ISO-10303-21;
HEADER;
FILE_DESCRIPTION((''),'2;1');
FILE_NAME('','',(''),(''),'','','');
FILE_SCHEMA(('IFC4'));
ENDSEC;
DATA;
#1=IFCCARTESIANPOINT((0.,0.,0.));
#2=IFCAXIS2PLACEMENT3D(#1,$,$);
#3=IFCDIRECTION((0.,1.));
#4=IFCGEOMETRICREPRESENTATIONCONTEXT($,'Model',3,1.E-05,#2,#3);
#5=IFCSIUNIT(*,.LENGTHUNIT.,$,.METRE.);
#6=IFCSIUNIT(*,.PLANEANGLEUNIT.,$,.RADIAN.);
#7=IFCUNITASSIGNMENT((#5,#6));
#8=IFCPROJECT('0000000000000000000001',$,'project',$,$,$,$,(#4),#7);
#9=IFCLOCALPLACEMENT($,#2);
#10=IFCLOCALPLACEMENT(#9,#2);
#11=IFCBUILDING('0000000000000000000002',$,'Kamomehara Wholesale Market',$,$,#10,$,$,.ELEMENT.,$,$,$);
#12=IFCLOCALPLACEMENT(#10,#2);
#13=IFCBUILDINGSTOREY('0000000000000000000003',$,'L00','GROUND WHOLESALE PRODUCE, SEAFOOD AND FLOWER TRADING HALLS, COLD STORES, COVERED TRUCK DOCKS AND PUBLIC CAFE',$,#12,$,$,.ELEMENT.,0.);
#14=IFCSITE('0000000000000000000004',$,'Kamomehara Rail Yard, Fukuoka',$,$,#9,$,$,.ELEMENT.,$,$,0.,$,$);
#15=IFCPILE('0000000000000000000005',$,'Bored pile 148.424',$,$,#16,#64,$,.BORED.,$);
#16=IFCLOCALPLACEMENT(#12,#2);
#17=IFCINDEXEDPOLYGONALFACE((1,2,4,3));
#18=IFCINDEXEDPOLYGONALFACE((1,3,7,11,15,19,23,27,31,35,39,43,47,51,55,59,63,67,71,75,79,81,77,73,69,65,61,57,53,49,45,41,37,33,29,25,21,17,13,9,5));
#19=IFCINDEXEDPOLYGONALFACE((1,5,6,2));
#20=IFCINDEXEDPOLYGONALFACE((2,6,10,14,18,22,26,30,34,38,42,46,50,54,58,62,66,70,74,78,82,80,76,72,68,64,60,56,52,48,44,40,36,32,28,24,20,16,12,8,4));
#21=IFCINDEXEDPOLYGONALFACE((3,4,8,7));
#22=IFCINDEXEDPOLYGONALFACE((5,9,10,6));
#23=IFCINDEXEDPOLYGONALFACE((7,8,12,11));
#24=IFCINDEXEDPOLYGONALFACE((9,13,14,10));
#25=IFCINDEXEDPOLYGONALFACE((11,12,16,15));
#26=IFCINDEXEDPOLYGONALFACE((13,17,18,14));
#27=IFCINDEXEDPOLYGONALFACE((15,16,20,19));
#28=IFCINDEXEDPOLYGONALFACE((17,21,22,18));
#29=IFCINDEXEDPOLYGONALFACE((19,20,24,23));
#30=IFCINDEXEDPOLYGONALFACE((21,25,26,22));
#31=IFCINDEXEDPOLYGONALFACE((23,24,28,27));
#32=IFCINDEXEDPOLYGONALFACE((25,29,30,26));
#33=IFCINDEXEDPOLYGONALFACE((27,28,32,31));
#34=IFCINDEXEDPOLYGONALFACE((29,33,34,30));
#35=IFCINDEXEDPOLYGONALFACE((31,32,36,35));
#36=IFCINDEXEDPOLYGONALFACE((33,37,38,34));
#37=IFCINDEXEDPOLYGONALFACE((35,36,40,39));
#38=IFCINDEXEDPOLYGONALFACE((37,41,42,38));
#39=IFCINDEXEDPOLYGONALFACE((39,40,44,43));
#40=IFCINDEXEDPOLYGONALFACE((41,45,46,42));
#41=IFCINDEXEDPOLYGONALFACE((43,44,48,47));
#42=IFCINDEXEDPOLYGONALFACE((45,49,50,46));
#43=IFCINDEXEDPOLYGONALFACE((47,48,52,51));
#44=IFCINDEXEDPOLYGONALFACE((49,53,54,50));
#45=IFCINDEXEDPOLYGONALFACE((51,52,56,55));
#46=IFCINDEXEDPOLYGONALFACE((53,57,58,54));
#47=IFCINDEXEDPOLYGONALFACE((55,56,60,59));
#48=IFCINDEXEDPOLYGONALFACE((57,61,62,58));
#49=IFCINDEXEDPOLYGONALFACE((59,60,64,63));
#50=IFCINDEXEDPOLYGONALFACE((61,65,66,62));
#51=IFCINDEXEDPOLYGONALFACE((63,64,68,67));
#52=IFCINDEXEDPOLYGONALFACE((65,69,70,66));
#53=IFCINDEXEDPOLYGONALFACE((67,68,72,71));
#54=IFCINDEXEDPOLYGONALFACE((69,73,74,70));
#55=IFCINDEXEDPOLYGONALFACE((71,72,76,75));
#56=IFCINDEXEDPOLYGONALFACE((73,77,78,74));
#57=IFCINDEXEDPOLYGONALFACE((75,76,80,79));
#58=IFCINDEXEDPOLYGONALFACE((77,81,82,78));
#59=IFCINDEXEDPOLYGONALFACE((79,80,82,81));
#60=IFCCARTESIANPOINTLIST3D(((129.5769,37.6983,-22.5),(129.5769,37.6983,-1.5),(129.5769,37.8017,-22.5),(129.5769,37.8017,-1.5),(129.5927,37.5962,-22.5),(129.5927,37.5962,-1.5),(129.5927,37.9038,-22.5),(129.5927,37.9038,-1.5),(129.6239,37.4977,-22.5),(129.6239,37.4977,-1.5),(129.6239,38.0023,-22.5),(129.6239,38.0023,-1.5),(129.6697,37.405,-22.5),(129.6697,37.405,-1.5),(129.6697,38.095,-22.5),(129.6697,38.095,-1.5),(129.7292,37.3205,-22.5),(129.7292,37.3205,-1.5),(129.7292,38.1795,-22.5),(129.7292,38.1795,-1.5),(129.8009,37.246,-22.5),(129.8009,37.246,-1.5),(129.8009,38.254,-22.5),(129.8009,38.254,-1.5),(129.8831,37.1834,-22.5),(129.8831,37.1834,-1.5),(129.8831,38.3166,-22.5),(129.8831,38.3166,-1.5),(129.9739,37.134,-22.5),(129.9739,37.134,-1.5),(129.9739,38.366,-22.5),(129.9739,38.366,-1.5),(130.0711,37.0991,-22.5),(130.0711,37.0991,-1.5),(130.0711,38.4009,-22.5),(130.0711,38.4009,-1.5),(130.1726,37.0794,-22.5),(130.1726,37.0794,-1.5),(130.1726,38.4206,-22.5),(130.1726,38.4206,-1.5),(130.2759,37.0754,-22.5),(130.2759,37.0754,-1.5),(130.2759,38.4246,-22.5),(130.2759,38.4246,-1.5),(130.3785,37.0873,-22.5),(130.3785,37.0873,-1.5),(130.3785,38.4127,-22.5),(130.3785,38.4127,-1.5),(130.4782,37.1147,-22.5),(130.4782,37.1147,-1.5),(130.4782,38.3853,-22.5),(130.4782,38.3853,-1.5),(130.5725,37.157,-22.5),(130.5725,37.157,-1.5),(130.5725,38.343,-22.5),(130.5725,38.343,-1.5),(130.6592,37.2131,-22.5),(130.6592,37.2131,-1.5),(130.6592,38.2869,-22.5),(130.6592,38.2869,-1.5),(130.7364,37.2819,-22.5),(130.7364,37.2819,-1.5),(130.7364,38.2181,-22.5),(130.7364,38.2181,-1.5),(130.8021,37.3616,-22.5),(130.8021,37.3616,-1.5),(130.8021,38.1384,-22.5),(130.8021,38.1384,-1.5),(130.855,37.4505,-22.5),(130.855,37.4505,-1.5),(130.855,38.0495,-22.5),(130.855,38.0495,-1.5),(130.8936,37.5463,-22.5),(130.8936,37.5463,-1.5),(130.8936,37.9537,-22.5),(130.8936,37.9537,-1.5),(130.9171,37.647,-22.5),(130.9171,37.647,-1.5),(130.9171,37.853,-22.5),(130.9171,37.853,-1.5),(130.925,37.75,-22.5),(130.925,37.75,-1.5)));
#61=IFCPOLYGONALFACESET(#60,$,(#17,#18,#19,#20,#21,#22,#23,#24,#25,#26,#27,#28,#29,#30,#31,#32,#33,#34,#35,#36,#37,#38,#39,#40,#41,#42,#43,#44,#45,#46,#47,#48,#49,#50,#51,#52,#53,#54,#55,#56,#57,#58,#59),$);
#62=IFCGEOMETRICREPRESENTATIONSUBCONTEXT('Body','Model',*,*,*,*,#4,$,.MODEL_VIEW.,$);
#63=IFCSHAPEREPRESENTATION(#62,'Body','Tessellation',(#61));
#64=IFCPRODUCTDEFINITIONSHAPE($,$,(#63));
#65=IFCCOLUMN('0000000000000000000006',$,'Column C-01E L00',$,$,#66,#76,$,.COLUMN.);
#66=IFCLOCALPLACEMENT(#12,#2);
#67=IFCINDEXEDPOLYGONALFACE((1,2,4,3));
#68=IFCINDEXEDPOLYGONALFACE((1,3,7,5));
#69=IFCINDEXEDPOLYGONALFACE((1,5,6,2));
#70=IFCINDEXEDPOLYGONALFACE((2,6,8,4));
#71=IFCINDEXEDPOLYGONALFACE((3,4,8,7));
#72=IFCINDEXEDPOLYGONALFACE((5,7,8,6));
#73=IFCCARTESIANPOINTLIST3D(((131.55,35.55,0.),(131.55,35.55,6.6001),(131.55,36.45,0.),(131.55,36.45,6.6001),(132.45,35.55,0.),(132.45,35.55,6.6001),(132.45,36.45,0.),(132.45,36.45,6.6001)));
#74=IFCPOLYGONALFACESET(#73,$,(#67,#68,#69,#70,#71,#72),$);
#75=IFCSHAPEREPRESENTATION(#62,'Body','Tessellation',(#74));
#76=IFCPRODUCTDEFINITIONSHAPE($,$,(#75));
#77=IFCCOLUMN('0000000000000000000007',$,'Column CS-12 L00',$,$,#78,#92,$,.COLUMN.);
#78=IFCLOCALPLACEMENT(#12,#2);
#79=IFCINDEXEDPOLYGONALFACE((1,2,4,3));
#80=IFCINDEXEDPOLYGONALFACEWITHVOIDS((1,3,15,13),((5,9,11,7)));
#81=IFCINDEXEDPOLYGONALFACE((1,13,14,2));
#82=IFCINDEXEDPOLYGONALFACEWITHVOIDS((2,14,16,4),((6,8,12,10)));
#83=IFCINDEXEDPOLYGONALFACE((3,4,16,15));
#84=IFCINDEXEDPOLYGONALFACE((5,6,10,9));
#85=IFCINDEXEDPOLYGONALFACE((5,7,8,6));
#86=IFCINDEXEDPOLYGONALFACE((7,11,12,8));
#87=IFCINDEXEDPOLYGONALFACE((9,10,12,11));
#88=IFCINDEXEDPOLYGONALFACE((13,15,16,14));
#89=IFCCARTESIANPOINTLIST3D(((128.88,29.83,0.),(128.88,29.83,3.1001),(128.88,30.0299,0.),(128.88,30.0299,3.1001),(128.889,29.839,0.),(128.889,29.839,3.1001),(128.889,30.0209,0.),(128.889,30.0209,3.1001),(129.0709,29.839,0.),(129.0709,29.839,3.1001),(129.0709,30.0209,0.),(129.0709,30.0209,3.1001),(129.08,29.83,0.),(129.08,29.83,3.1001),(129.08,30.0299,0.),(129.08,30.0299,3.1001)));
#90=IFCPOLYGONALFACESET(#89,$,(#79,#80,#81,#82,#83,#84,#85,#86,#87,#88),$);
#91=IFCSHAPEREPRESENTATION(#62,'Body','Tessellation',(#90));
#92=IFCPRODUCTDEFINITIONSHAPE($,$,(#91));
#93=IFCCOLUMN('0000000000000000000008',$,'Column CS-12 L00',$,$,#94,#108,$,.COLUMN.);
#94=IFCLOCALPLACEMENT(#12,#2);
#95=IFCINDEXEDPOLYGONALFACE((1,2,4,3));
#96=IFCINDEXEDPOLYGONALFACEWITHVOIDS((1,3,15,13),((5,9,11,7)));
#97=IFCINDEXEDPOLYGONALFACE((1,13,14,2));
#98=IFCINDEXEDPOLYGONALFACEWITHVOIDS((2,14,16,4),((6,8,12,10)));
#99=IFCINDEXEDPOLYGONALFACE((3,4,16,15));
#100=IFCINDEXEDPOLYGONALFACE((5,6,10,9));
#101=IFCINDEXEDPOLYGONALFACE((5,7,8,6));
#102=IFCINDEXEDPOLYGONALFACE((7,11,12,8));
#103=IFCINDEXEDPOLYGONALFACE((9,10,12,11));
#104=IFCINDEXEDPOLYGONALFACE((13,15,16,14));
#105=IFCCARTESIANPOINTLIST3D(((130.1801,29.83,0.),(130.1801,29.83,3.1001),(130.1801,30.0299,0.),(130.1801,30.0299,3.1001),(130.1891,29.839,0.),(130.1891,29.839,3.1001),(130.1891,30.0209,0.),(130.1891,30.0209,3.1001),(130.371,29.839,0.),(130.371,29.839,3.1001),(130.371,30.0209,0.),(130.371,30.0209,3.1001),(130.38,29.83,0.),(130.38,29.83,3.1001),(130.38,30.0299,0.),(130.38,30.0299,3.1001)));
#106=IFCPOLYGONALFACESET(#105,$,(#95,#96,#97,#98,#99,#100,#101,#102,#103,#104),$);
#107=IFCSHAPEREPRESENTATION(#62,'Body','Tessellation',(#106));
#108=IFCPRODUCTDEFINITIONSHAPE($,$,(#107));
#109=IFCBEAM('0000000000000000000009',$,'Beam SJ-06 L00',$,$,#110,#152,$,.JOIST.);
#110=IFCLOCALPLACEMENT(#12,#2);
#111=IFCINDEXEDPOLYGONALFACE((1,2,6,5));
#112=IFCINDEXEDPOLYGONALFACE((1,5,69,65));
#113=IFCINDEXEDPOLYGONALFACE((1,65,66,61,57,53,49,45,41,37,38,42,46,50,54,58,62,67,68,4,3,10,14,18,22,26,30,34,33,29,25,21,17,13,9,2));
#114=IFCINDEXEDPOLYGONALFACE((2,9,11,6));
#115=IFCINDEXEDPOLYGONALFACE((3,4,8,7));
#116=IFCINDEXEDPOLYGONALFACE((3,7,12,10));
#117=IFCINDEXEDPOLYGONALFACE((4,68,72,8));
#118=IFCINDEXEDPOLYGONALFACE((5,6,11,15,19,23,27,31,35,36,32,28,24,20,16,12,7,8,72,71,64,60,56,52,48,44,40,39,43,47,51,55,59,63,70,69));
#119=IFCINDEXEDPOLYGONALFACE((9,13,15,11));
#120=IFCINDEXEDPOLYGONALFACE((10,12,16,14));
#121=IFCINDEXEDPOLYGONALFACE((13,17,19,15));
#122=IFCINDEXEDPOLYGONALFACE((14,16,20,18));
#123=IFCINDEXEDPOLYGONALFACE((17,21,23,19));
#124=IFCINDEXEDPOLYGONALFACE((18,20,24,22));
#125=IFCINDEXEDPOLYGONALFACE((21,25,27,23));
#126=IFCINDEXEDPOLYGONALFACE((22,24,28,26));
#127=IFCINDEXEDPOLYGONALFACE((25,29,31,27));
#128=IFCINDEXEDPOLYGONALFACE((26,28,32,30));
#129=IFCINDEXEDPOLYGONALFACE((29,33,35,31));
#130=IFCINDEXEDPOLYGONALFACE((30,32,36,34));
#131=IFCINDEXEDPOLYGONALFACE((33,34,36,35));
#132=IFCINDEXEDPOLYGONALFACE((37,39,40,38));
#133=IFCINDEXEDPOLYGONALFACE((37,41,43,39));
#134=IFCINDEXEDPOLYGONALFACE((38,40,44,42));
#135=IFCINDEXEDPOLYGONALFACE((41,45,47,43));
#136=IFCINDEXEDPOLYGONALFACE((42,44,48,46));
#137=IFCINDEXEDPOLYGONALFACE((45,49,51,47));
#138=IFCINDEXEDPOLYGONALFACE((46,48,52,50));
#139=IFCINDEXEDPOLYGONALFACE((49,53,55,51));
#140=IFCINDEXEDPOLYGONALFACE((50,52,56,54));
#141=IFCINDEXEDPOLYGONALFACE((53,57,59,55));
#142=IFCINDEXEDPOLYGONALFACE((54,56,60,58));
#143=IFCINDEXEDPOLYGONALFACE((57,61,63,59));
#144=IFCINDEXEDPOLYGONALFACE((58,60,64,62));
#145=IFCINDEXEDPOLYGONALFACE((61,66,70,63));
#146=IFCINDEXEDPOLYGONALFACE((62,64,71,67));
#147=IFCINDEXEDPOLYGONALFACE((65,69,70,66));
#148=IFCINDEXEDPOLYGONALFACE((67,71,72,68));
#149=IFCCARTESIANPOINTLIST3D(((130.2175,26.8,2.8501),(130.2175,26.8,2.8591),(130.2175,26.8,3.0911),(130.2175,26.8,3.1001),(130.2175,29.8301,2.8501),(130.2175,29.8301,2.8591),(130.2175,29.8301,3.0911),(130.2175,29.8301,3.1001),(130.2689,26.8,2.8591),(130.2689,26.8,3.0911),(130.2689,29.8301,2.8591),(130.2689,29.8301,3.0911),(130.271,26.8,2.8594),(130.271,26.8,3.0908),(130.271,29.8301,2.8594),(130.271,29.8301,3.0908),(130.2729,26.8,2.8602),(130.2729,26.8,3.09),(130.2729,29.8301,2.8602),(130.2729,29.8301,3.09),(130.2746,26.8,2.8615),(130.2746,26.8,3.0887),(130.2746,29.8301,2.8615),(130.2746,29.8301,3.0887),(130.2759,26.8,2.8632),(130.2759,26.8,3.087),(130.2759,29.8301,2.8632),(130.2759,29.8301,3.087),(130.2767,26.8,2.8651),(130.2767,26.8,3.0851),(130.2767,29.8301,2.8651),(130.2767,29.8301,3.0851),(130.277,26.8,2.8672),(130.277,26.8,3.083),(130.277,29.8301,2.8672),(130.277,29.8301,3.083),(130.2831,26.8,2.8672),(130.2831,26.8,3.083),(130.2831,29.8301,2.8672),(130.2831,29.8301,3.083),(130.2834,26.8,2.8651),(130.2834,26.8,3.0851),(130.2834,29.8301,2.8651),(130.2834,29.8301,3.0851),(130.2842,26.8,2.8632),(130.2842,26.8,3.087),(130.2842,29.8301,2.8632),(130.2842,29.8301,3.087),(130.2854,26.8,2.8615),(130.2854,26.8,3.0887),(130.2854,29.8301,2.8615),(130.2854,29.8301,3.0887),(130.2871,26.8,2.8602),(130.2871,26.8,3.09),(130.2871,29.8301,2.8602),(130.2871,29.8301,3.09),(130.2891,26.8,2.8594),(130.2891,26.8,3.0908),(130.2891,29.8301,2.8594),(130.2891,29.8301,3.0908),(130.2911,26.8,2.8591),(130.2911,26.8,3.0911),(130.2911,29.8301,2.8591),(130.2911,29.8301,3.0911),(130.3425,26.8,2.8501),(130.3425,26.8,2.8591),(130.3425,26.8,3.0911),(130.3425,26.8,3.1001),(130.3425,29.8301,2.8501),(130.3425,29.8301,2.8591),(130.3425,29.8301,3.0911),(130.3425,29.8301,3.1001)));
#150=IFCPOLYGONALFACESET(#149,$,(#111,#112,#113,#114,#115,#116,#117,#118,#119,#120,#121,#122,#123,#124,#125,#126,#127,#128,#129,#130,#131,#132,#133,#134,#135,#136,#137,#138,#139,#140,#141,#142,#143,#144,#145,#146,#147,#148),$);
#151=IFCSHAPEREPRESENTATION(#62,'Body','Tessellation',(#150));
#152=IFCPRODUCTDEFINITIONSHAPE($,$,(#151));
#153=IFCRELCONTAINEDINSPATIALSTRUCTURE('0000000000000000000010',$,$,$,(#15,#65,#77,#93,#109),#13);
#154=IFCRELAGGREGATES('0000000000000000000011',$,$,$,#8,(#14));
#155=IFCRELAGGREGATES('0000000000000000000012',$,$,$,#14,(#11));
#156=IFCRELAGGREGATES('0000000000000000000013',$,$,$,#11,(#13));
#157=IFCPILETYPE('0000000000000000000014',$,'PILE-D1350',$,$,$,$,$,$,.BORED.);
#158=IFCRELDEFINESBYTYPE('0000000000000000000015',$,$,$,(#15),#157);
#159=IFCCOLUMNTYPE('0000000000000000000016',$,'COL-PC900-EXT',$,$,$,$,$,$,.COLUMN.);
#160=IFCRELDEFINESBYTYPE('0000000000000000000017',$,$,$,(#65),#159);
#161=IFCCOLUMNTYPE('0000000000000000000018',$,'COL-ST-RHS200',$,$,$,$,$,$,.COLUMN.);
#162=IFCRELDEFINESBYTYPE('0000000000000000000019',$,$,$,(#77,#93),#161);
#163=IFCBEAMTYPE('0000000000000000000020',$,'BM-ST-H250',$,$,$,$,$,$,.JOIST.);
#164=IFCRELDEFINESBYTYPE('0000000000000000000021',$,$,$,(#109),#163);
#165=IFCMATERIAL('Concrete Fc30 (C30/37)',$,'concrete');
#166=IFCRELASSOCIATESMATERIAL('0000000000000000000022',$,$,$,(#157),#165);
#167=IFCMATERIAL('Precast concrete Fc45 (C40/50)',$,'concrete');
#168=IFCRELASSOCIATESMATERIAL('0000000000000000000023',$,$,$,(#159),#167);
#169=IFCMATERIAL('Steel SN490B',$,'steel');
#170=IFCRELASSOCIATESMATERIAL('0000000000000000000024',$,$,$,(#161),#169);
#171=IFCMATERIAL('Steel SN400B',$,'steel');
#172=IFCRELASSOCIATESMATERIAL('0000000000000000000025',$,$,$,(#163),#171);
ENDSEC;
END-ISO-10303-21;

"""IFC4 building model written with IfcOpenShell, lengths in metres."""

from ifc_helpers import new_model, si_unit, direction, frame, origin, origin_2d, place, context, subcontext, project, spatial, rectangle, hollow_rectangle, circle, i_section, extrude, material, material_profile, profile_set, type_object, element, save


model = new_model("IFC4")

# Units and contexts
model_context = context("Model", 3, precision=1e-05, world=origin(), true_north=direction((0.0, 1.0)))
body_context = subcontext(model_context, "Body", "Model", "MODEL_VIEW")
ifc_project = project(units=[si_unit("LENGTHUNIT", "METRE"), si_unit("PLANEANGLEUNIT", "RADIAN")], contexts=[model_context])

# Site, building, storey
site_placement = place(None, origin())
site = spatial("IfcSite", under=ifc_project, at=site_placement, Name="Kamomehara Rail Yard, Fukuoka", CompositionType="ELEMENT", RefElevation=0.0)
building_placement = place(site_placement, origin())
building = spatial("IfcBuilding", under=site, at=building_placement, Name="Kamomehara Wholesale Market", CompositionType="ELEMENT")
storey_placement = place(building_placement, origin())
storey = spatial("IfcBuildingStorey", under=building, at=storey_placement, Name="L00", Description="GROUND WHOLESALE PRODUCE, SEAFOOD AND FLOWER TRADING HALLS, COLD STORES, COVERED TRUCK DOCKS AND PUBLIC CAFE", CompositionType="ELEMENT", Elevation=0.0)

# Pile
ifc_material_1 = material(Name="Concrete Fc30 (C30/37)", Category="concrete")
ifc_material_profile_1 = material_profile(ifc_material_1, circle(Radius=0.675, at=origin_2d()), Name="RC-PILE-D1350")
ifc_profile_set_1 = profile_set([ifc_material_profile_1], Name="Concrete Fc30 (C30/37)")
pile_type_1 = type_object("IfcPileType", Name="PILE-D1350", PredefinedType="BORED", material=ifc_profile_set_1)
for number, where, z_axis, x_axis, name in (
    (1, (130.25, 37.75, -1.5), (0.0, 0.0, -1.0), (1.0, 0.0, 0.0), "Bored pile 148.424"),
):
    element("IfcPile", number, at=place(storey_placement, frame(where, z_axis=z_axis, x_axis=x_axis)), inside=storey, type_object=pile_type_1, Name=name, PredefinedType="BORED", context=body_context, shape_type="SweptSolid", body=[
        extrude(circle(Radius=0.675, at=origin_2d()), origin(), (0.0, 0.0, 1.0), 21.0),
    ])

# Columns
ifc_material_2 = material(Name="Precast concrete Fc45 (C40/50)", Category="concrete")
ifc_material_profile_2 = material_profile(ifc_material_2, rectangle(XDim=0.8999, YDim=0.8999, at=origin_2d()), Name="PC-COL-900x900")
ifc_profile_set_2 = profile_set([ifc_material_profile_2], Name="Precast concrete Fc45 (C40/50)")
column_type_1 = type_object("IfcColumnType", Name="COL-PC900-EXT", PredefinedType="COLUMN", material=ifc_profile_set_2)
column_placement = place(storey_placement, frame((132.0, 36.0, 0.0), z_axis=(0.0, 0.0, 1.0), x_axis=(1.0, 0.0, 0.0)))
element("IfcColumn", 2, at=column_placement, inside=storey, type_object=column_type_1, Name="Column C-01E L00", PredefinedType="COLUMN", context=body_context, shape_type="SweptSolid", body=[
    extrude(rectangle(XDim=0.8999, YDim=0.8999, at=origin_2d()), origin(), (0.0, 0.0, 1.0), 6.6001),
])
ifc_material_3 = material(Name="Steel SN490B", Category="steel")
ifc_material_profile_3 = material_profile(ifc_material_3, hollow_rectangle(XDim=0.2, YDim=0.2, WallThickness=0.009, at=origin_2d()), Name="RHS-200x200x9")
ifc_profile_set_3 = profile_set([ifc_material_profile_3], Name="Steel SN490B")
column_type_2 = type_object("IfcColumnType", Name="COL-ST-RHS200", PredefinedType="COLUMN", material=ifc_profile_set_3)
for number, where, z_axis, x_axis, name in (
    (3, (128.98, 29.9299, 0.0), (0.0, 0.0, 1.0), (1.0, 0.0, 0.0), "Column CS-12 L00"),
    (4, (130.28, 29.9299, 0.0), (0.0, 0.0, 1.0), (1.0, 0.0, 0.0), "Column CS-12 L00"),
):
    element("IfcColumn", number, at=place(storey_placement, frame(where, z_axis=z_axis, x_axis=x_axis)), inside=storey, type_object=column_type_2, Name=name, PredefinedType="COLUMN", context=body_context, shape_type="SweptSolid", body=[
        extrude(hollow_rectangle(XDim=0.2, YDim=0.2, WallThickness=0.009, at=origin_2d()), origin(), (0.0, 0.0, 1.0), 3.1001),
    ])

# Beam
ifc_material_4 = material(Name="Steel SN400B", Category="steel")
ifc_material_profile_4 = material_profile(ifc_material_4, i_section(OverallWidth=0.125, OverallDepth=0.25, WebThickness=0.0061, FlangeThickness=0.009, FilletRadius=0.0081, at=origin_2d()), Name="H-250x125x6x9")
ifc_profile_set_4 = profile_set([ifc_material_profile_4], Name="Steel SN400B")
beam_type = type_object("IfcBeamType", Name="BM-ST-H250", PredefinedType="JOIST", material=ifc_profile_set_4)
beam_1_placement = place(storey_placement, frame((130.28, 26.8, 2.9751), z_axis=(0.0, 1.0, 0.0), x_axis=(-1.0, 0.0, 0.0)))
element("IfcBeam", 5, at=beam_1_placement, inside=storey, type_object=beam_type, Name="Beam SJ-06 L00", PredefinedType="JOIST", context=body_context, shape_type="SweptSolid", body=[
    extrude(i_section(OverallWidth=0.125, OverallDepth=0.25, WebThickness=0.0061, FlangeThickness=0.009, FilletRadius=0.0081, at=origin_2d()), origin(), (0.0, 0.0, 1.0), 3.03),
])

save(model, "model.ifc")
